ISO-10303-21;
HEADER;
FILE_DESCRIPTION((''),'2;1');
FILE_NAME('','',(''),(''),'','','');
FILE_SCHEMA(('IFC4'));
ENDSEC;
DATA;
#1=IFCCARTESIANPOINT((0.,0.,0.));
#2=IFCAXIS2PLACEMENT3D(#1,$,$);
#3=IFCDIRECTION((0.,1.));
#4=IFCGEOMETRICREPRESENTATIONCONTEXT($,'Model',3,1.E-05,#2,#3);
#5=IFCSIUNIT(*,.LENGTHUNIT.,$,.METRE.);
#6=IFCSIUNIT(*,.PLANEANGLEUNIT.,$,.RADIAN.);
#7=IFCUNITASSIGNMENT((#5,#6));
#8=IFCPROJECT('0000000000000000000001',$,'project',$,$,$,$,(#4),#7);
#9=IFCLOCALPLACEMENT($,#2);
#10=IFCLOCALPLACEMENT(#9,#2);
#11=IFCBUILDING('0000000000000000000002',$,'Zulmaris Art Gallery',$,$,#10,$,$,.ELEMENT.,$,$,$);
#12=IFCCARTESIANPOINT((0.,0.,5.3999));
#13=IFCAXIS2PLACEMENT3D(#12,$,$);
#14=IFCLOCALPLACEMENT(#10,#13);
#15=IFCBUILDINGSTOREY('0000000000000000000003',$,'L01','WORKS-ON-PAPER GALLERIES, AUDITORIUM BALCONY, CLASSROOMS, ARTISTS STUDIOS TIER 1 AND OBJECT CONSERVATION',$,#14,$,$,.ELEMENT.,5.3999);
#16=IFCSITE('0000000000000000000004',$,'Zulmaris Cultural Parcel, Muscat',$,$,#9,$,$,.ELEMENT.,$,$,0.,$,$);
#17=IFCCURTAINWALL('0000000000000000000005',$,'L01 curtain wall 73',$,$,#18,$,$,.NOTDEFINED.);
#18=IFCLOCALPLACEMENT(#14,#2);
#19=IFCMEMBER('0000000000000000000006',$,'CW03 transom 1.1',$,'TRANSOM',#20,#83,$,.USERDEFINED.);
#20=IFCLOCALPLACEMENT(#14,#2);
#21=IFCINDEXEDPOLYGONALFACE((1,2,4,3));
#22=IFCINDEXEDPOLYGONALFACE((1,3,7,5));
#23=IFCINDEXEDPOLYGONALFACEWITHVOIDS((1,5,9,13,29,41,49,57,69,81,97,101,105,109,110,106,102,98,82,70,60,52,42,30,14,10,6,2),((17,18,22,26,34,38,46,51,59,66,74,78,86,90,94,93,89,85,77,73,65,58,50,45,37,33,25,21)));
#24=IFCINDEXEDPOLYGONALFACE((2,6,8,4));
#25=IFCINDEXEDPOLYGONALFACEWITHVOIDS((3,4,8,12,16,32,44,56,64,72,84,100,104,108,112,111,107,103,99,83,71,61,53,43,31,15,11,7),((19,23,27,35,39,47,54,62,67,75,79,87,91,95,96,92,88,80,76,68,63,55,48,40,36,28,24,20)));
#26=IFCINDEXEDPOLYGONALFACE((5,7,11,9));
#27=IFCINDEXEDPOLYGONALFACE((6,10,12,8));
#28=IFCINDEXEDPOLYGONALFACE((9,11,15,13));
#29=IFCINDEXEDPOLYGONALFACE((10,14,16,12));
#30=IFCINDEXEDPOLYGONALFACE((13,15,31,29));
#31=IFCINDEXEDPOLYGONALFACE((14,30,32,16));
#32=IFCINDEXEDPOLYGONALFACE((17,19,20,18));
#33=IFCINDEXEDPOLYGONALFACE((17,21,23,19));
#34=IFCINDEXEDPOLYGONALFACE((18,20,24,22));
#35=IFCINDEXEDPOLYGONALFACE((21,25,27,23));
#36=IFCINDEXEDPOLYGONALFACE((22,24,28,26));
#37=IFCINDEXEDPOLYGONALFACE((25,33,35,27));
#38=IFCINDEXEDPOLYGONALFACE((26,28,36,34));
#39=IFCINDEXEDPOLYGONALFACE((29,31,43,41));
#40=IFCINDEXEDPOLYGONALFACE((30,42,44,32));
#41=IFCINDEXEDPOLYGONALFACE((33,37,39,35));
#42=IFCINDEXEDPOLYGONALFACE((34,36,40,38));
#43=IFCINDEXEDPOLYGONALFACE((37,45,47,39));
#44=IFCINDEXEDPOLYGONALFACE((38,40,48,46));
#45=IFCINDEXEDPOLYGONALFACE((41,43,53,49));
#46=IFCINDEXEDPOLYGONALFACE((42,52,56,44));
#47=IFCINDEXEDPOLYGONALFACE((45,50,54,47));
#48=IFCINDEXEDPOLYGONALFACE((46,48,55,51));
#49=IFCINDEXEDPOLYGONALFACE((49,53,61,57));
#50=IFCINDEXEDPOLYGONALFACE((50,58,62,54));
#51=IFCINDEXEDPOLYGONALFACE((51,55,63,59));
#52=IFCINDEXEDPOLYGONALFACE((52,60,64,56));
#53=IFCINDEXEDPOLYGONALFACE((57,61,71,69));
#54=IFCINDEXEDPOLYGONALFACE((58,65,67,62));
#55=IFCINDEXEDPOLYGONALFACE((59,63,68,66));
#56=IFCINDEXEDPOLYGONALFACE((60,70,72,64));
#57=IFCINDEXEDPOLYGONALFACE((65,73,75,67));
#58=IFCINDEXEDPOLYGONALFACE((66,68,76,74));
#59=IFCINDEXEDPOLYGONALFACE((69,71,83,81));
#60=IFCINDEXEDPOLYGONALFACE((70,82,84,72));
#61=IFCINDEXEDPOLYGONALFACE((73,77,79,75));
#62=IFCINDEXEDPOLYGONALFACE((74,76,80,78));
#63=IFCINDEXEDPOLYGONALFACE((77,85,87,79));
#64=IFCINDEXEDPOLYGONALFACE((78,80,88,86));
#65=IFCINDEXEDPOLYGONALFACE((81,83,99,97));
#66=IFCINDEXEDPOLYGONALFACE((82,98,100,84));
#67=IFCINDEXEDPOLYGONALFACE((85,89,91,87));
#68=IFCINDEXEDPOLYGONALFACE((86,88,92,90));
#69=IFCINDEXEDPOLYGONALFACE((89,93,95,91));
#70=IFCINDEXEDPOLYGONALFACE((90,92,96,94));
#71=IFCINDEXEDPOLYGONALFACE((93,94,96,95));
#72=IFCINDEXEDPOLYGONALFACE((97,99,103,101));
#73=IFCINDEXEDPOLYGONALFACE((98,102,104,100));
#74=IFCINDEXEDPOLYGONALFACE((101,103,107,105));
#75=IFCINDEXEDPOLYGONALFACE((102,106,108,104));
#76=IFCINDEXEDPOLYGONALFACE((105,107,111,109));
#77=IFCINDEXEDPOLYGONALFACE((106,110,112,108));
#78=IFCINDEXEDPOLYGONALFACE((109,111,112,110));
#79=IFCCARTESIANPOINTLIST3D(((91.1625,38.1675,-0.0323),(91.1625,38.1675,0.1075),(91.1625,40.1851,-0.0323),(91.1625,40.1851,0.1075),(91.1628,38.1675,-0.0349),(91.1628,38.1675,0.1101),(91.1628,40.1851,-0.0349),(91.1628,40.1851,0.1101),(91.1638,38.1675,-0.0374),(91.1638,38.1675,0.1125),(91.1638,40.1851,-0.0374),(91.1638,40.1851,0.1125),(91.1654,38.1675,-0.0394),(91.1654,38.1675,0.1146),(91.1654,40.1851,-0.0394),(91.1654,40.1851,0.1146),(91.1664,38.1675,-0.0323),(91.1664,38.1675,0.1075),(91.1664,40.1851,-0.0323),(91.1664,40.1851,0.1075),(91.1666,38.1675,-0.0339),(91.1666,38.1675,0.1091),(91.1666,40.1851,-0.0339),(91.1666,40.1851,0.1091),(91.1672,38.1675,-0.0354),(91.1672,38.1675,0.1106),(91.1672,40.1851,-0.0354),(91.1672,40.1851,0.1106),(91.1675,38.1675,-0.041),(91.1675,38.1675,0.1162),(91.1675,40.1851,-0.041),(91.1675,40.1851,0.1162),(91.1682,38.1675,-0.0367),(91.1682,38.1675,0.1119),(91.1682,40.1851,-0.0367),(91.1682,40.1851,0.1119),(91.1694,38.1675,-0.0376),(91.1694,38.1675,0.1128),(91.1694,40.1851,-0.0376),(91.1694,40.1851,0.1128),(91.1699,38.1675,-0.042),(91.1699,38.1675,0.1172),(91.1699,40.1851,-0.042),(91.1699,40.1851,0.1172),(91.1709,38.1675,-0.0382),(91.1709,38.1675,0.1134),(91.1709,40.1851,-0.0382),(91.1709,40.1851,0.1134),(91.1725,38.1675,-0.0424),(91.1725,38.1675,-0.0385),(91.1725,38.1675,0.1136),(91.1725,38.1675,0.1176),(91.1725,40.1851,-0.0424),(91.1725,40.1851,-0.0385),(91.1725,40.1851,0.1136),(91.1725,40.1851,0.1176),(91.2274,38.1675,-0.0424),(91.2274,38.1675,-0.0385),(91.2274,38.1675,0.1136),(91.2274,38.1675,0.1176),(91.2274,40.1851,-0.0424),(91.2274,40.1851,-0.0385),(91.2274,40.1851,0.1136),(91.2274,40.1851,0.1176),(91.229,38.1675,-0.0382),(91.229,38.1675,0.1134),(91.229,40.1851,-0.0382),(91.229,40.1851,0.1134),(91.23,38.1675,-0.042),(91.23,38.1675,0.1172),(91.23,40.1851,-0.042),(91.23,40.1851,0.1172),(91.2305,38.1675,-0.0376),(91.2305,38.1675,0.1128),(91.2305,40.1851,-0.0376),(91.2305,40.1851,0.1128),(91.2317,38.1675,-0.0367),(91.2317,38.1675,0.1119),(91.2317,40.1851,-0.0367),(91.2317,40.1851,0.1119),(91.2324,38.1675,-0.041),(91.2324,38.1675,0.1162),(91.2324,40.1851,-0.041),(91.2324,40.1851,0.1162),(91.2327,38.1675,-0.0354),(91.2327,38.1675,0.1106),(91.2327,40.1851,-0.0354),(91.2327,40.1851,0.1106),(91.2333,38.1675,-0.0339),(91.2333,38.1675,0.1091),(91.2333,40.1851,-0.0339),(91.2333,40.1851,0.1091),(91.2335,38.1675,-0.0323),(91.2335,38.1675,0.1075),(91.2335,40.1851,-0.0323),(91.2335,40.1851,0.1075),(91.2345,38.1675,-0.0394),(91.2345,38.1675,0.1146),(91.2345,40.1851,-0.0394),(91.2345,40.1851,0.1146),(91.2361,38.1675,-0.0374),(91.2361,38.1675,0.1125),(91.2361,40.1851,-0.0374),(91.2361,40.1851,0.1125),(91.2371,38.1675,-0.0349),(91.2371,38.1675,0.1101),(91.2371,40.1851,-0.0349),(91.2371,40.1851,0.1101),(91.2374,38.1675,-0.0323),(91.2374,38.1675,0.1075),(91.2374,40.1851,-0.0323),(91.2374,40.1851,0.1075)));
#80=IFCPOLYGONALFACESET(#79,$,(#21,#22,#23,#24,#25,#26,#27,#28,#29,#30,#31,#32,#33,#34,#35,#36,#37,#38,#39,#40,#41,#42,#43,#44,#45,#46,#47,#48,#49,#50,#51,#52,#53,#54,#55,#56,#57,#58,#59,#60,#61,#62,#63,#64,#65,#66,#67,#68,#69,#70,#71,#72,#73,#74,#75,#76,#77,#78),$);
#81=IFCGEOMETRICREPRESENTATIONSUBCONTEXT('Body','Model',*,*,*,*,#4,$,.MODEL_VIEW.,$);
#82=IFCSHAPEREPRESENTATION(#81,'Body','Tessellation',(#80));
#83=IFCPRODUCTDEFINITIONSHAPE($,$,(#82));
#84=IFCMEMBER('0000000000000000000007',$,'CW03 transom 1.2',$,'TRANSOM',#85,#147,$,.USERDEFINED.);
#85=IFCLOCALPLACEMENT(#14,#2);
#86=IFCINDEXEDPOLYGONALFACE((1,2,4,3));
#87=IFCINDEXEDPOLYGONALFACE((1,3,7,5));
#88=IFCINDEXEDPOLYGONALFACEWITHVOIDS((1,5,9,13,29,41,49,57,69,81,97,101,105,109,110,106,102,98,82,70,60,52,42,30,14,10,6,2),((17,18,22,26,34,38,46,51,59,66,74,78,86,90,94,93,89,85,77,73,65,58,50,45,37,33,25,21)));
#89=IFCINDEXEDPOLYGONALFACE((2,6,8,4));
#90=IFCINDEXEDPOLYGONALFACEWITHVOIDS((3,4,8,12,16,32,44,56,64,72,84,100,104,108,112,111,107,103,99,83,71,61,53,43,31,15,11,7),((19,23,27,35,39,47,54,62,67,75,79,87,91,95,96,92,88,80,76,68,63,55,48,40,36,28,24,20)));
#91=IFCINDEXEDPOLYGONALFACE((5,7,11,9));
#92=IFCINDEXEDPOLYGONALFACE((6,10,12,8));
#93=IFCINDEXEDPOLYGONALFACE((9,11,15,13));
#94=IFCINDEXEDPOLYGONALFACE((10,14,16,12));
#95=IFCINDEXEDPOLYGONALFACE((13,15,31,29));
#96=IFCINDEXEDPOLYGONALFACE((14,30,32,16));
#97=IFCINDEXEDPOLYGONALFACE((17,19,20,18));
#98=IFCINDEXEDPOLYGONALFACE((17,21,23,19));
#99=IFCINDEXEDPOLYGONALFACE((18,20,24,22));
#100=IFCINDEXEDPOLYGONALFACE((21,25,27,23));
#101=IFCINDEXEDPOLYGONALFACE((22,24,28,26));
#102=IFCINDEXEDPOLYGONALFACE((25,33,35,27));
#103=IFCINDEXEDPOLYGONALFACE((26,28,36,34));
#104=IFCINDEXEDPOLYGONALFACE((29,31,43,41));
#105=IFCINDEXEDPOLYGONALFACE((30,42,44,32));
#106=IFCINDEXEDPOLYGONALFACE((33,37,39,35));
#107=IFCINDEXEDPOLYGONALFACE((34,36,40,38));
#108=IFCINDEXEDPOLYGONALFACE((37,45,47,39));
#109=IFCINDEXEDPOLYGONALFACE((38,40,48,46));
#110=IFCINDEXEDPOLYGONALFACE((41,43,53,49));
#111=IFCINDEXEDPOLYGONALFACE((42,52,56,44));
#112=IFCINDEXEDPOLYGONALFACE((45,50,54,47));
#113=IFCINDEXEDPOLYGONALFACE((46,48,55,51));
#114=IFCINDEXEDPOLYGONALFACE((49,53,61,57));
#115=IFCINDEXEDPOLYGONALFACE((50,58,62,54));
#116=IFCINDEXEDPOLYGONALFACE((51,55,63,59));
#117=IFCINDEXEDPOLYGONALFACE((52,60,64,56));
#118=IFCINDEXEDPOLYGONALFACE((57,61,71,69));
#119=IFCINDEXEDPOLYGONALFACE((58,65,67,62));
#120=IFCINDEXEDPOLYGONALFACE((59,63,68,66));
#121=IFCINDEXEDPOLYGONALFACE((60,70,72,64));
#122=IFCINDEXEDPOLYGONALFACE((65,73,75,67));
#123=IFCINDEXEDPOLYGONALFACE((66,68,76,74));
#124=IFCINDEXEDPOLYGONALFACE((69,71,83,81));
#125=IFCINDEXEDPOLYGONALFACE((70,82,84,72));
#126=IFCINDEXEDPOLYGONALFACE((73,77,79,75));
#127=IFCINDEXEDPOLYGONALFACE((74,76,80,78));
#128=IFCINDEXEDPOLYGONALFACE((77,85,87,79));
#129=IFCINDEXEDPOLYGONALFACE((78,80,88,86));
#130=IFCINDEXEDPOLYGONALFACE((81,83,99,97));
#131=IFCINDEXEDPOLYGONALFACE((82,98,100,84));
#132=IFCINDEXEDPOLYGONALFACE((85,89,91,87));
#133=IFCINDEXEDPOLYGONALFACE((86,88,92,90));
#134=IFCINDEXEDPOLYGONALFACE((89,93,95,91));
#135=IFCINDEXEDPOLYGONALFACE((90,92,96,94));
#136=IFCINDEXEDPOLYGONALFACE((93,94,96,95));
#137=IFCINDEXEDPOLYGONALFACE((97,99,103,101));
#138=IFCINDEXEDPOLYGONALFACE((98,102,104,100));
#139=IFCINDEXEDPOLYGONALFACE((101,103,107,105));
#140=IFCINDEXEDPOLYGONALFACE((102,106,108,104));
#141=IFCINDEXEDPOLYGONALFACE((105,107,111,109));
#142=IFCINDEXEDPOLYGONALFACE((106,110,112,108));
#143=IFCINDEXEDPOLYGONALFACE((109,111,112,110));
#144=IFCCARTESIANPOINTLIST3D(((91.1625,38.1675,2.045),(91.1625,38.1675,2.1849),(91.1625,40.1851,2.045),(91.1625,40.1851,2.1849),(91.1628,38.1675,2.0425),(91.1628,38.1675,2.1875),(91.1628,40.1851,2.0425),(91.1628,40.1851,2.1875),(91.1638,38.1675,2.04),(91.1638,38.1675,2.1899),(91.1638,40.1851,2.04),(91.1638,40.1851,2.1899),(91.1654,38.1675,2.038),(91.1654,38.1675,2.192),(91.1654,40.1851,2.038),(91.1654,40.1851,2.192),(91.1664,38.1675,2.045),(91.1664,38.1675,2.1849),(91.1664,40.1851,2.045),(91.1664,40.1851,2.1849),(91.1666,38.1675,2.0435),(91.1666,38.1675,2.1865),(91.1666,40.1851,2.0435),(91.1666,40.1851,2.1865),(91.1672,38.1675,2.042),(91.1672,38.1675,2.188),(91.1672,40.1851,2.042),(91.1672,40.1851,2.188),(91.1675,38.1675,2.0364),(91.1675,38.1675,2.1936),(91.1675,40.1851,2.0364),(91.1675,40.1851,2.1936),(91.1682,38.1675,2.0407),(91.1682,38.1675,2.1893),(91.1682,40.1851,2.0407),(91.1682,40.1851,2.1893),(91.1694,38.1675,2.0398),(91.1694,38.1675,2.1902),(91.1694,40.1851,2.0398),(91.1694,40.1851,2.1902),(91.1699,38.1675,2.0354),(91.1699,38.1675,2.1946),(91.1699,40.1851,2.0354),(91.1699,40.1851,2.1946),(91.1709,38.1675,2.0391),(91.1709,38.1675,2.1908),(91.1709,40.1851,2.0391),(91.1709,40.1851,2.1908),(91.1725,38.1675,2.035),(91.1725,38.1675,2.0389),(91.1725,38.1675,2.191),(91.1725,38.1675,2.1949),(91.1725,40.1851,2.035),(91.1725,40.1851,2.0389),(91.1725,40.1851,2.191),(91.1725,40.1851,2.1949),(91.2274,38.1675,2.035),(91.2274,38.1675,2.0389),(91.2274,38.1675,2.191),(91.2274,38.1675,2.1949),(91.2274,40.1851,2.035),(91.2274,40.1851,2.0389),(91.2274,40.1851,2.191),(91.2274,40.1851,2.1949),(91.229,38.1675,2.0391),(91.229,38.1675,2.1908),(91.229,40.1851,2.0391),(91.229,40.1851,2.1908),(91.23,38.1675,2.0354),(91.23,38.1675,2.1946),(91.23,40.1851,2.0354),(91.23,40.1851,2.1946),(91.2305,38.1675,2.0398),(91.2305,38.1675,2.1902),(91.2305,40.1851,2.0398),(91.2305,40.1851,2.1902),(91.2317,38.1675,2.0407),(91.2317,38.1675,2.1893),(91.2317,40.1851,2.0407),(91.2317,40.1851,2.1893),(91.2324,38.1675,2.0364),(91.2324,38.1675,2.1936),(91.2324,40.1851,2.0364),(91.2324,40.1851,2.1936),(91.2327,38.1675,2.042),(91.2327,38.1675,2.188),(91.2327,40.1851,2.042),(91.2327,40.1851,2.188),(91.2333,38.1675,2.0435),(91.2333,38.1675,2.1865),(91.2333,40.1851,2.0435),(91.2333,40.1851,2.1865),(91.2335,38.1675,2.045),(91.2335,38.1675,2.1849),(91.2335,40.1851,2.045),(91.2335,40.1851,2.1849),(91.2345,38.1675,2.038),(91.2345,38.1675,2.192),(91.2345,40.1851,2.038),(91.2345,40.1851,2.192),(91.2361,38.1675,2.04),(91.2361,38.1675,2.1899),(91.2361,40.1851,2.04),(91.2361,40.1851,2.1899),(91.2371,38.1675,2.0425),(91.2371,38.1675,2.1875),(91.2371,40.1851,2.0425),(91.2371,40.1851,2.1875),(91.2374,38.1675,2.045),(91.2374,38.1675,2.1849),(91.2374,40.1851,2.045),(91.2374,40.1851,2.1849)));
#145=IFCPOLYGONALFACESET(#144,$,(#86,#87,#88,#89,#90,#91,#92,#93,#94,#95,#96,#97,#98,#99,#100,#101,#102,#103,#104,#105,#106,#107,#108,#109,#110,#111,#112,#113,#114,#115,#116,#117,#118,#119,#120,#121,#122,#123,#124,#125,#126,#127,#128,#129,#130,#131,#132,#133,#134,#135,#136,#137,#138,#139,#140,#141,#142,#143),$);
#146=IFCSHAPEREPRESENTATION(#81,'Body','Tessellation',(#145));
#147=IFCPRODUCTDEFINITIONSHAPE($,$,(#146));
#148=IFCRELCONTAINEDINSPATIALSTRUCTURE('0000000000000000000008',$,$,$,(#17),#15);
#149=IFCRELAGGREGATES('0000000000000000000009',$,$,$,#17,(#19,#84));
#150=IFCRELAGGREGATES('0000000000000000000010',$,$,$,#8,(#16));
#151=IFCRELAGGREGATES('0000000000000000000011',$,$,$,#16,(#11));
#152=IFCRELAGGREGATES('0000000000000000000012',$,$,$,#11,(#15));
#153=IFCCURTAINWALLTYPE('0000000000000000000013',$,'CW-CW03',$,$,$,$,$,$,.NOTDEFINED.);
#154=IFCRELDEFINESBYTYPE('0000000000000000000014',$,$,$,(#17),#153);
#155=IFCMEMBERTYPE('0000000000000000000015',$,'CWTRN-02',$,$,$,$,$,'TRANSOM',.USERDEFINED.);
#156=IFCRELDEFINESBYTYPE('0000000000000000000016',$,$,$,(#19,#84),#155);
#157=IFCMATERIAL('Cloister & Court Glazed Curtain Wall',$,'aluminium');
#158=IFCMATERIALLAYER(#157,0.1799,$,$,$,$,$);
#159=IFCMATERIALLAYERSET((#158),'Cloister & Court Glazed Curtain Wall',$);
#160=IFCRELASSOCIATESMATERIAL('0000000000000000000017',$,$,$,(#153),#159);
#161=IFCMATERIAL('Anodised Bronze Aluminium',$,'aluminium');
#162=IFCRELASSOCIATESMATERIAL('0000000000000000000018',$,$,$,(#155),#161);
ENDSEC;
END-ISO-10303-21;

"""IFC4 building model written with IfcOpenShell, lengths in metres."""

from ifc_helpers import new_model, si_unit, direction, frame, origin, origin_2d, place, context, subcontext, project, spatial, hollow_rectangle, extrude, material, layer, layer_set, material_profile, profile_set, type_object, element, aggregate, save


model = new_model("IFC4")

# Units and contexts
model_context = context("Model", 3, precision=1e-05, world=origin(), true_north=direction((0.0, 1.0)))
body_context = subcontext(model_context, "Body", "Model", "MODEL_VIEW")
ifc_project = project(units=[si_unit("LENGTHUNIT", "METRE"), si_unit("PLANEANGLEUNIT", "RADIAN")], contexts=[model_context])

# Site, building, storey
site_placement = place(None, origin())
site = spatial("IfcSite", under=ifc_project, at=site_placement, Name="Zulmaris Cultural Parcel, Muscat", CompositionType="ELEMENT", RefElevation=0.0)
building_placement = place(site_placement, origin())
building = spatial("IfcBuilding", under=site, at=building_placement, Name="Zulmaris Art Gallery", CompositionType="ELEMENT")
storey_placement = place(building_placement, frame((0.0, 0.0, 5.3999)))
storey = spatial("IfcBuildingStorey", under=building, at=storey_placement, Name="L01", Description="WORKS-ON-PAPER GALLERIES, AUDITORIUM BALCONY, CLASSROOMS, ARTISTS STUDIOS TIER 1 AND OBJECT CONSERVATION", CompositionType="ELEMENT", Elevation=5.3999)

# Curtain wall
ifc_material_1 = material(Name="Cloister & Court Glazed Curtain Wall", Category="aluminium")
ifc_layer_1 = layer(ifc_material_1, 0.1799)
ifc_layer_set_1 = layer_set([ifc_layer_1], Name="Cloister & Court Glazed Curtain Wall")
curtain_wall_type = type_object("IfcCurtainWallType", Name="CW-CW03", PredefinedType="NOTDEFINED", material=ifc_layer_set_1)
curtain_wall_1_placement = place(storey_placement, origin())
curtain_wall_1 = element("IfcCurtainWall", 1, at=curtain_wall_1_placement, inside=storey, type_object=curtain_wall_type, Name="L01 curtain wall 73", PredefinedType="NOTDEFINED")
ifc_material_2 = material(Name="Anodised Bronze Aluminium", Category="aluminium")

# Members
ifc_material_profile_1 = material_profile(ifc_material_2, hollow_rectangle(XDim=0.075, YDim=0.1599, WallThickness=0.0039, InnerFilletRadius=0.0061, OuterFilletRadius=0.01, at=origin_2d()), Name="ALU 75x160x4")
ifc_profile_set_1 = profile_set([ifc_material_profile_1], Name="Anodised Bronze Aluminium")
member_type_1 = type_object("IfcMemberType", Name="CWTRN-02", ElementType="TRANSOM", PredefinedType="USERDEFINED", material=ifc_profile_set_1)
member_1_placement = place(storey_placement, frame((91.2, 40.1851, 0.0376), z_axis=(0.0, -1.0, 0.0), x_axis=(1.0, 0.0, 0.0)))
member_1 = element("IfcMember", 2, at=member_1_placement, type_object=member_type_1, Name="CW03 transom 1.1", ObjectType="TRANSOM", PredefinedType="USERDEFINED", context=body_context, shape_type="SweptSolid", body=[
    extrude(hollow_rectangle(XDim=0.075, YDim=0.1599, WallThickness=0.0039, InnerFilletRadius=0.0061, OuterFilletRadius=0.01, at=origin_2d()), origin(), (0.0, 0.0, 1.0), 2.0176),
])
member_2_placement = place(storey_placement, frame((91.2, 40.1851, 2.115), z_axis=(0.0, -1.0, 0.0), x_axis=(1.0, 0.0, 0.0)))
member_2 = element("IfcMember", 3, at=member_2_placement, type_object=member_type_1, Name="CW03 transom 1.2", ObjectType="TRANSOM", PredefinedType="USERDEFINED", context=body_context, shape_type="SweptSolid", body=[
    extrude(hollow_rectangle(XDim=0.075, YDim=0.1599, WallThickness=0.0039, InnerFilletRadius=0.0061, OuterFilletRadius=0.01, at=origin_2d()), origin(), (0.0, 0.0, 1.0), 2.0176),
])

aggregate(curtain_wall_1, [member_1, member_2])

save(model, "model.ifc")
